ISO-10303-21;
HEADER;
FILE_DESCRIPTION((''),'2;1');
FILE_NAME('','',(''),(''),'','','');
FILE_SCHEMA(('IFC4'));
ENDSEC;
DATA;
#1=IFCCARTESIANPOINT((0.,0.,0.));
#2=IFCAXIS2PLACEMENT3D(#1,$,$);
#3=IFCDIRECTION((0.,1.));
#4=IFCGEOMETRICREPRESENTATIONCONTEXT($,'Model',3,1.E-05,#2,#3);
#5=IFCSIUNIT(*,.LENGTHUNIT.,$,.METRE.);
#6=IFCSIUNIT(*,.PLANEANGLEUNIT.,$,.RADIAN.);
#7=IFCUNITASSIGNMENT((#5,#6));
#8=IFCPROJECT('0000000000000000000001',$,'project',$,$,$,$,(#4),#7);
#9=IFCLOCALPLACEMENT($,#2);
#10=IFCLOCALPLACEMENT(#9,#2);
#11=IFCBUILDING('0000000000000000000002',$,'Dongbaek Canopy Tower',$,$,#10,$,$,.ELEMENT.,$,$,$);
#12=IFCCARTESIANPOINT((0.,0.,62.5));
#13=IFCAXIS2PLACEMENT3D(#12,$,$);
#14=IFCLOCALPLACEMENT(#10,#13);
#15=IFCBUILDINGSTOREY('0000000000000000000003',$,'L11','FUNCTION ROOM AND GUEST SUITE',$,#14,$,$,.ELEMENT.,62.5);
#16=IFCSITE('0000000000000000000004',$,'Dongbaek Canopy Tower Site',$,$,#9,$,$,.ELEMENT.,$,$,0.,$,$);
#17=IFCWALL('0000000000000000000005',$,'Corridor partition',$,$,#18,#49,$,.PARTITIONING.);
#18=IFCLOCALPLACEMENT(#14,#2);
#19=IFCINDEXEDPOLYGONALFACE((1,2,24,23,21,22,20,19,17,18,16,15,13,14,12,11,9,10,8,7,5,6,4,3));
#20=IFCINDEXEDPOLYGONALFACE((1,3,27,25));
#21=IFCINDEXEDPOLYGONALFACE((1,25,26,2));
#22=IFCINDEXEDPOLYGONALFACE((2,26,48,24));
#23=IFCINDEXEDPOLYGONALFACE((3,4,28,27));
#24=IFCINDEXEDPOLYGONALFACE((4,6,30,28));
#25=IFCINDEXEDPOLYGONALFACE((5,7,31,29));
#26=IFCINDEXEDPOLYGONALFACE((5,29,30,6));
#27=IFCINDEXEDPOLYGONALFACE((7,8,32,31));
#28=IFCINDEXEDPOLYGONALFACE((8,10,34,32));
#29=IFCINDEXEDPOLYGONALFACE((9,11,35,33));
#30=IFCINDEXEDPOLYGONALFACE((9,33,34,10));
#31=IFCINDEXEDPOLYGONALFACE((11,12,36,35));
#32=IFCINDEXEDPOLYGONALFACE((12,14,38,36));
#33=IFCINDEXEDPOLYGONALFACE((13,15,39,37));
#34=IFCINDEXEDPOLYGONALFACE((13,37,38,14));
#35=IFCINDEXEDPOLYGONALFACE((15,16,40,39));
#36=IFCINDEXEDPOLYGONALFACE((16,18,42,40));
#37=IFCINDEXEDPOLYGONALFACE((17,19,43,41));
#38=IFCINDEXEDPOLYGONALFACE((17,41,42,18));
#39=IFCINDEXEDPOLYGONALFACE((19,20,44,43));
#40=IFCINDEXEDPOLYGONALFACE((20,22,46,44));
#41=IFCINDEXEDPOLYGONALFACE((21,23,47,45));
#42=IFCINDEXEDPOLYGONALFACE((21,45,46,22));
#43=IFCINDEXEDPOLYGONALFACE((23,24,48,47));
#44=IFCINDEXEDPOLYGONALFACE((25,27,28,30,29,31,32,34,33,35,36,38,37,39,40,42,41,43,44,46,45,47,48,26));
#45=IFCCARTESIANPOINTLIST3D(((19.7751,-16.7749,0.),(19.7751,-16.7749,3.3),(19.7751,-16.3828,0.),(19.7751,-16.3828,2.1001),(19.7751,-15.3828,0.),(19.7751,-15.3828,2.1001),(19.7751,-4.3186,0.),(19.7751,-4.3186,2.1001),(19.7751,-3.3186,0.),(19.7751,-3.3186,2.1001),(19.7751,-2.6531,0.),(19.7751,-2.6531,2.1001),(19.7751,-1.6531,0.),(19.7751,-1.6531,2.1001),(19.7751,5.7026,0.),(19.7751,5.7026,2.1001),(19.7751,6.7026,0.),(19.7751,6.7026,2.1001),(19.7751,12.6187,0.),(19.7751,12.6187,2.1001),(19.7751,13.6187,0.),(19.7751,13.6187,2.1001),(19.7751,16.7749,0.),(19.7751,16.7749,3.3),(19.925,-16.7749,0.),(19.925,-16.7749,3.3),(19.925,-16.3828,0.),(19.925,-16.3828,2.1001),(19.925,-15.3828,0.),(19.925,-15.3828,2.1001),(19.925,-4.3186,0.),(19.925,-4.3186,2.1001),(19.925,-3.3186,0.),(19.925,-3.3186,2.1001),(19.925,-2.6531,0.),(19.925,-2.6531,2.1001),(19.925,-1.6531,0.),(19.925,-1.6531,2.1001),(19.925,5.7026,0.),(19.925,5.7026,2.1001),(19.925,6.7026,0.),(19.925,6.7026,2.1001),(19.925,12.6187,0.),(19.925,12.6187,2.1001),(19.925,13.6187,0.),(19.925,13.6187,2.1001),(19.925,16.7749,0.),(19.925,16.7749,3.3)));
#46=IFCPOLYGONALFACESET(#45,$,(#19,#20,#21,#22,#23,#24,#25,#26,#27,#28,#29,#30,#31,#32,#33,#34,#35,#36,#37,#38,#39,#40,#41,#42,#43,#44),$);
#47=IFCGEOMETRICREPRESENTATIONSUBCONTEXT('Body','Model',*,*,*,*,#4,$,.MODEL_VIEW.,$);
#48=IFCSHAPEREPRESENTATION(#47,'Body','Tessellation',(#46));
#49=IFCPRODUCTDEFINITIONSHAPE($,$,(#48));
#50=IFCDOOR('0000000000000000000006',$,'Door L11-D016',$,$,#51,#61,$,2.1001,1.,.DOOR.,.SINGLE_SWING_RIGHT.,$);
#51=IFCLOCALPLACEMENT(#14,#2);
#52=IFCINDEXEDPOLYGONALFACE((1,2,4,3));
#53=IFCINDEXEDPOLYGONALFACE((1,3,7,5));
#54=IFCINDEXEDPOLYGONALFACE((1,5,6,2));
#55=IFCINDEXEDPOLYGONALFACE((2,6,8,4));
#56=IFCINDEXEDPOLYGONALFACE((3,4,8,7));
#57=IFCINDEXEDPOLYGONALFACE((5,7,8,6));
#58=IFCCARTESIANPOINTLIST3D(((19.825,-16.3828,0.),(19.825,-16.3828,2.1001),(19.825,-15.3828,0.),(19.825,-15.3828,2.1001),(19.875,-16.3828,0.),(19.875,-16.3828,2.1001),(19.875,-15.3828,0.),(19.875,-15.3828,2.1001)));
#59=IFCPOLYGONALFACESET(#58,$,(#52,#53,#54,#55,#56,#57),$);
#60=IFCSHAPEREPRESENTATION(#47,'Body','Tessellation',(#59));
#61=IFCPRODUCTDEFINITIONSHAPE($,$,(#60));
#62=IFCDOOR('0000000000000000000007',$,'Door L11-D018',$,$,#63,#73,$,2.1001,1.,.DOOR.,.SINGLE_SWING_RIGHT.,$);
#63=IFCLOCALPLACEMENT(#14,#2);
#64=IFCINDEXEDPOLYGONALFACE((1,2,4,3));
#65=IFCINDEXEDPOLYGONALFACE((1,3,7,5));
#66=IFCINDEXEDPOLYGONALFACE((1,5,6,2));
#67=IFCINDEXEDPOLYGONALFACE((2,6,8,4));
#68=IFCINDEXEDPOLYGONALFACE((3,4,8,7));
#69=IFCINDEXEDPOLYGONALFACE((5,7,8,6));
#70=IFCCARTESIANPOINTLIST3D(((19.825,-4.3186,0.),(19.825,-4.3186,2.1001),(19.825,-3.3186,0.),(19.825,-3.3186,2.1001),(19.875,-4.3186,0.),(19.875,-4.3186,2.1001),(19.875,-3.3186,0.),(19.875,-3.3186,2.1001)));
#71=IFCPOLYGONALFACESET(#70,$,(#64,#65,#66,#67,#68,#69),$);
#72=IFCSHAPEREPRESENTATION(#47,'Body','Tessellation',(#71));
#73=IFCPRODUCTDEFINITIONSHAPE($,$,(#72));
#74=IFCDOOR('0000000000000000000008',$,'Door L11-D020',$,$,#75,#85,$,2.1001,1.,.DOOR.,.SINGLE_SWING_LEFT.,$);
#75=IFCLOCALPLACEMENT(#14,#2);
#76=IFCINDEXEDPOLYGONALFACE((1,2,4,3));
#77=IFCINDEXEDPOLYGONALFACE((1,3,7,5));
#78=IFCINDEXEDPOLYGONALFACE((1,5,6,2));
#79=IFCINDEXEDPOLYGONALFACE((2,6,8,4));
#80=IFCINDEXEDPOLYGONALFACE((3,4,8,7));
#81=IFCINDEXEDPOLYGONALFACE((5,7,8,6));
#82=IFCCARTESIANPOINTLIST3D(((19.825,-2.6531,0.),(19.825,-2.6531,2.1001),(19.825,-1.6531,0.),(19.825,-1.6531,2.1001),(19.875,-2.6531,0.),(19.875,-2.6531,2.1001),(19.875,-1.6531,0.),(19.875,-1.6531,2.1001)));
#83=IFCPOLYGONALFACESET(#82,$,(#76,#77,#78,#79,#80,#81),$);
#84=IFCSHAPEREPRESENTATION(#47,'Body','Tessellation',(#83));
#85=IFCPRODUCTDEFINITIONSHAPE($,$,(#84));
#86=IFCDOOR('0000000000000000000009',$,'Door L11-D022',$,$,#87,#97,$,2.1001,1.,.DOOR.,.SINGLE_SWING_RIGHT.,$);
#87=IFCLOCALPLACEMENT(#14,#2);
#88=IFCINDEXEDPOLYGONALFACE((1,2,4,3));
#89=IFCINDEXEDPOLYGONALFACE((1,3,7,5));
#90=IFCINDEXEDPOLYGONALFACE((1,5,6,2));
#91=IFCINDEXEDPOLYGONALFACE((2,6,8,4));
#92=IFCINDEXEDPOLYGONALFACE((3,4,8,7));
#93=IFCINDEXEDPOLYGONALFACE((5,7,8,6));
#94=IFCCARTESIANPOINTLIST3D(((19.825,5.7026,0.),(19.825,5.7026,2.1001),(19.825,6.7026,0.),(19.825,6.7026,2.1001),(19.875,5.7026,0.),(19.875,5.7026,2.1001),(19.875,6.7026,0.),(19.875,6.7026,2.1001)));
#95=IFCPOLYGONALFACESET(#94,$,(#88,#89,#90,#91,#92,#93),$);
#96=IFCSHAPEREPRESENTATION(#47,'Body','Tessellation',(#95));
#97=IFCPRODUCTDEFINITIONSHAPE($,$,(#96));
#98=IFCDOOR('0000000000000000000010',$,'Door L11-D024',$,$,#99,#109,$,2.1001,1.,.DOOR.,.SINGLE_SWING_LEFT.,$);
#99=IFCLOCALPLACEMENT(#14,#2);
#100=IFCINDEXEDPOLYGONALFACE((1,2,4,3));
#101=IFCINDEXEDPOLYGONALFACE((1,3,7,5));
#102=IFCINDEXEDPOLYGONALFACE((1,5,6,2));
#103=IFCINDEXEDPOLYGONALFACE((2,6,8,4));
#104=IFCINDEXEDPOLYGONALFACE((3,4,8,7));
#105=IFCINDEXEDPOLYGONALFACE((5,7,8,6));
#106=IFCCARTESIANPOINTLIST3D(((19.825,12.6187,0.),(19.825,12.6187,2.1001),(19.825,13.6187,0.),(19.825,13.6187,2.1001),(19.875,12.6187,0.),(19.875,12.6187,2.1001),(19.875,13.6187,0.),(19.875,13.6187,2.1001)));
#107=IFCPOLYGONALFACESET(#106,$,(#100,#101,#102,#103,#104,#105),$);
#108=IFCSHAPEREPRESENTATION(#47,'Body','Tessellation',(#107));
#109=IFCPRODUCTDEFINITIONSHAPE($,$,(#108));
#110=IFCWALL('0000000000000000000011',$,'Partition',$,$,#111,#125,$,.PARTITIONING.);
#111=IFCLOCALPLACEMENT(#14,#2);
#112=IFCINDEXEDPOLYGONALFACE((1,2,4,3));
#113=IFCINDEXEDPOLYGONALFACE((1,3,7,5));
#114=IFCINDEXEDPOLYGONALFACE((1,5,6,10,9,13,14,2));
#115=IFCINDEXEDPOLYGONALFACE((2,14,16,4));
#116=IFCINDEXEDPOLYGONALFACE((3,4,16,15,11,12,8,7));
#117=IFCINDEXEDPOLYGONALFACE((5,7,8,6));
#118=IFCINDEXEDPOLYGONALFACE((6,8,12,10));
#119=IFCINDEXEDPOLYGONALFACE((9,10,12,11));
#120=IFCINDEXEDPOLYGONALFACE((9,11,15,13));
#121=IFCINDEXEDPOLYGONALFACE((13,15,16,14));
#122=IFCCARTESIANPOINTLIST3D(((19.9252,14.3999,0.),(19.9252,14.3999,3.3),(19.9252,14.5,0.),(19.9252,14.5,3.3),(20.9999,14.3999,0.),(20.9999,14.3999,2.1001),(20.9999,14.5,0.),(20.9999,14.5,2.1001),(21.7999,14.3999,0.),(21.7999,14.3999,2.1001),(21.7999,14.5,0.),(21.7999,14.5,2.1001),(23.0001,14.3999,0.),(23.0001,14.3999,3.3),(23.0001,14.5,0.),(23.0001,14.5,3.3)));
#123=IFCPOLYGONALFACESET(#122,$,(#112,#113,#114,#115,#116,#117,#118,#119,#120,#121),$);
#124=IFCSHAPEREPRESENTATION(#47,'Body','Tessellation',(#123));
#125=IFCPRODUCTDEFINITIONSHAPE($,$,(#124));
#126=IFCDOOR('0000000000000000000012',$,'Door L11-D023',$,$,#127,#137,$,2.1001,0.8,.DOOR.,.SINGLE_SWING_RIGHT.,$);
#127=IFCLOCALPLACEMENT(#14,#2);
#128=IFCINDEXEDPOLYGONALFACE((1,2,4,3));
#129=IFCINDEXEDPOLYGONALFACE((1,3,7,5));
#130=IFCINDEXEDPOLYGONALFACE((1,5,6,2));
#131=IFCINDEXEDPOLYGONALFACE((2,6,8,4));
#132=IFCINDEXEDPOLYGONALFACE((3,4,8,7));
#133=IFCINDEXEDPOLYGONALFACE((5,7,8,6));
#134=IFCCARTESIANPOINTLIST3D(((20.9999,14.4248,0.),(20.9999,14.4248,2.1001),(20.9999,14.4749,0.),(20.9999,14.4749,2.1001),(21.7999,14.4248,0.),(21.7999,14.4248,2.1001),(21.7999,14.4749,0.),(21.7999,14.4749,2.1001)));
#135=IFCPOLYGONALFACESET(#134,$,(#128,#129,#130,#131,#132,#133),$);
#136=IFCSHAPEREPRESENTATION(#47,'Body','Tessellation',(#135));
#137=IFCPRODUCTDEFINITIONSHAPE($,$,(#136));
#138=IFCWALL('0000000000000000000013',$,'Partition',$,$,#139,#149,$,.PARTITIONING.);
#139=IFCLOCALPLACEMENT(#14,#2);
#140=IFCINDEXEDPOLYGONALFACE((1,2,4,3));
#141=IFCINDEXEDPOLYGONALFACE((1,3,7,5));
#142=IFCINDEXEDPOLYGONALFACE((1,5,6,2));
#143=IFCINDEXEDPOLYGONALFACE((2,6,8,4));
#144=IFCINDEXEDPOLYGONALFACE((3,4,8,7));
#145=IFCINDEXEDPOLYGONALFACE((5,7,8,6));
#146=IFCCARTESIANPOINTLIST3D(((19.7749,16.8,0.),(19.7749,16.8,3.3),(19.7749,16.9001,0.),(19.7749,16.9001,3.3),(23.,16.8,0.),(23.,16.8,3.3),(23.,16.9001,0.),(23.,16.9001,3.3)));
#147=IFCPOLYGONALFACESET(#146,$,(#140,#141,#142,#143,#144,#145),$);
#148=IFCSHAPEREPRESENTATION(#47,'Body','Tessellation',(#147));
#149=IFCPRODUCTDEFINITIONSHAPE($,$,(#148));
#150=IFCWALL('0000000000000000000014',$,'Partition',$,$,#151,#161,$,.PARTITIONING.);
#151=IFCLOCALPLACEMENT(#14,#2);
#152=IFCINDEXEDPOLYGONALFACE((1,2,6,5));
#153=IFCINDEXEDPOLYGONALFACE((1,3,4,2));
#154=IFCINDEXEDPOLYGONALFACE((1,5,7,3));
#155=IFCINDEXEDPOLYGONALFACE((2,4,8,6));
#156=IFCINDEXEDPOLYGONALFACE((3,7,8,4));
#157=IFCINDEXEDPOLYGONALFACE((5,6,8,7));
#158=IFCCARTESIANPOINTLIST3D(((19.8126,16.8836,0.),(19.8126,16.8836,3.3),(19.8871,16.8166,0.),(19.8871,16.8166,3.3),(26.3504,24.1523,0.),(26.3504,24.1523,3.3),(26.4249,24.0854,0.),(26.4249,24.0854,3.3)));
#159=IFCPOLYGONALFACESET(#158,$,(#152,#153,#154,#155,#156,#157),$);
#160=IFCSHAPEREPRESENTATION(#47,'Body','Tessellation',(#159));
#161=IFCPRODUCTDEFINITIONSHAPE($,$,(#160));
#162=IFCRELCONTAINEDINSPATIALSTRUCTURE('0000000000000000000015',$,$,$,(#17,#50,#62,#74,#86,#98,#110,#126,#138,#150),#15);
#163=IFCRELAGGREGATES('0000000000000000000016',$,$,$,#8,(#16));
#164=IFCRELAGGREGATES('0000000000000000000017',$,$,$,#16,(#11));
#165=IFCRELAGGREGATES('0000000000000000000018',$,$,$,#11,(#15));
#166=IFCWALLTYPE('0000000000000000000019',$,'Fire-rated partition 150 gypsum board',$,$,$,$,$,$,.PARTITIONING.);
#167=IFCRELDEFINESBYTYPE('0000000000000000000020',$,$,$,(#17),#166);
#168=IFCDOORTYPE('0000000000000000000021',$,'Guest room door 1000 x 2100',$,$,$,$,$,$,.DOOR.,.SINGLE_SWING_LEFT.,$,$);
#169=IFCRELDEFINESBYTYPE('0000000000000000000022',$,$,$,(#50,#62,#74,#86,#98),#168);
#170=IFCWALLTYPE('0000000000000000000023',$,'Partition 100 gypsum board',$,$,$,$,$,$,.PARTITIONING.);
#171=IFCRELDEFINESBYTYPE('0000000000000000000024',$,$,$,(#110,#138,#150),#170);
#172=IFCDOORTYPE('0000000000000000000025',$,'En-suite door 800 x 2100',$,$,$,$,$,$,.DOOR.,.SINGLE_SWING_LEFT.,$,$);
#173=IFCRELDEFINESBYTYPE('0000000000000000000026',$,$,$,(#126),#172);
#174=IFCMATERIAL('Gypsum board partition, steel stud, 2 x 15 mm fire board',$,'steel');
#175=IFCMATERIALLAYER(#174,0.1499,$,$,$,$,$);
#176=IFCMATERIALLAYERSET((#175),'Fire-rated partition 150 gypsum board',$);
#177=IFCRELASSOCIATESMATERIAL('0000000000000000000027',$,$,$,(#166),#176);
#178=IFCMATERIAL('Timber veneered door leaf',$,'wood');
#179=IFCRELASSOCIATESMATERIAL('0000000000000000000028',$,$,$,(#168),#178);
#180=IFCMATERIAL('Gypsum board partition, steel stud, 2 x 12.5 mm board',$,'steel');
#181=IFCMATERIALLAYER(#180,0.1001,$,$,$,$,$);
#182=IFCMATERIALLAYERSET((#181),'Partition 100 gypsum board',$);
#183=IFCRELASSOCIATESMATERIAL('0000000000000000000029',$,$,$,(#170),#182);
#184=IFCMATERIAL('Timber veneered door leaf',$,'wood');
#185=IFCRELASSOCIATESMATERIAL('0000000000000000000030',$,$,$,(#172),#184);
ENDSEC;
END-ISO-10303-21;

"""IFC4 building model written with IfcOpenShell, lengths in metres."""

from ifc_helpers import new_model, si_unit, direction, frame, frame_2d, origin, place, context, subcontext, project, spatial, rectangle, extrude, material, layer, layer_set, type_object, element, fill, save


model = new_model("IFC4")

# Units and contexts
model_context = context("Model", 3, precision=1e-05, world=origin(), true_north=direction((0.0, 1.0)))
body_context = subcontext(model_context, "Body", "Model", "MODEL_VIEW")
ifc_project = project(units=[si_unit("LENGTHUNIT", "METRE"), si_unit("PLANEANGLEUNIT", "RADIAN")], contexts=[model_context])

# Site, building, storey
site_placement = place(None, origin())
site = spatial("IfcSite", under=ifc_project, at=site_placement, Name="Dongbaek Canopy Tower Site", CompositionType="ELEMENT", RefElevation=0.0)
building_placement = place(site_placement, origin())
building = spatial("IfcBuilding", under=site, at=building_placement, Name="Dongbaek Canopy Tower", CompositionType="ELEMENT")
storey_placement = place(building_placement, frame((0.0, 0.0, 62.5)))
storey = spatial("IfcBuildingStorey", under=building, at=storey_placement, Name="L11", Description="FUNCTION ROOM AND GUEST SUITE", CompositionType="ELEMENT", Elevation=62.5)

# Wall, openings, doors
ifc_material_1 = material(Name="Gypsum board partition, steel stud, 2 x 15 mm fire board", Category="steel")
ifc_layer_1 = layer(ifc_material_1, 0.1499)
ifc_layer_set_1 = layer_set([ifc_layer_1], Name="Fire-rated partition 150 gypsum board")
wall_type_1 = type_object("IfcWallType", Name="Fire-rated partition 150 gypsum board", PredefinedType="PARTITIONING", material=ifc_layer_set_1)
wall_1_placement = place(storey_placement, frame((19.8501, 16.7749, 0.0), z_axis=(0.0, 0.0, 1.0), x_axis=(0.0, -1.0, 0.0)))
wall_1 = element("IfcWall", 1, at=wall_1_placement, inside=storey, type_object=wall_type_1, Name="Corridor partition", PredefinedType="PARTITIONING", context=body_context, shape_type="SweptSolid", body=[
    extrude(rectangle(XDim=33.5498, YDim=0.1499, at=frame_2d((16.7749, 0.0))), origin(), (0.0, 0.0, 1.0), 3.3),
])
opening_1_placement = place(wall_1_placement, frame((32.1577, 0.0, 0.0)))
opening_1 = element("IfcOpeningElement", 2, at=opening_1_placement, cuts=wall_1, PredefinedType="OPENING", context=body_context, shape_type="SweptSolid", body=[
    extrude(rectangle(XDim=1.0, YDim=2.1001, at=frame_2d((0.5, 1.05))), frame((0.0, 0.085, 0.0), z_axis=(0.0, -1.0, 0.0), x_axis=(1.0, 0.0, 0.0)), (0.0, 0.0, 1.0), 0.1699),
])
opening_2_placement = place(wall_1_placement, frame((20.0935, 0.0, 0.0)))
opening_2 = element("IfcOpeningElement", 3, at=opening_2_placement, cuts=wall_1, PredefinedType="OPENING", context=body_context, shape_type="SweptSolid", body=[
    extrude(rectangle(XDim=1.0, YDim=2.1001, at=frame_2d((0.5, 1.05))), frame((0.0, 0.085, 0.0), z_axis=(0.0, -1.0, 0.0), x_axis=(1.0, 0.0, 0.0)), (0.0, 0.0, 1.0), 0.1699),
])
opening_3_placement = place(wall_1_placement, frame((18.428, 0.0, 0.0)))
opening_3 = element("IfcOpeningElement", 4, at=opening_3_placement, cuts=wall_1, PredefinedType="OPENING", context=body_context, shape_type="SweptSolid", body=[
    extrude(rectangle(XDim=1.0, YDim=2.1001, at=frame_2d((0.5, 1.05))), frame((0.0, 0.085, 0.0), z_axis=(0.0, -1.0, 0.0), x_axis=(1.0, 0.0, 0.0)), (0.0, 0.0, 1.0), 0.1699),
])
opening_4_placement = place(wall_1_placement, frame((10.0723, 0.0, 0.0)))
opening_4 = element("IfcOpeningElement", 5, at=opening_4_placement, cuts=wall_1, PredefinedType="OPENING", context=body_context, shape_type="SweptSolid", body=[
    extrude(rectangle(XDim=1.0, YDim=2.1001, at=frame_2d((0.5, 1.05))), frame((0.0, 0.085, 0.0), z_axis=(0.0, -1.0, 0.0), x_axis=(1.0, 0.0, 0.0)), (0.0, 0.0, 1.0), 0.1699),
])
opening_5_placement = place(wall_1_placement, frame((3.1562, 0.0, 0.0)))
opening_5 = element("IfcOpeningElement", 6, at=opening_5_placement, cuts=wall_1, PredefinedType="OPENING", context=body_context, shape_type="SweptSolid", body=[
    extrude(rectangle(XDim=1.0, YDim=2.1001, at=frame_2d((0.5, 1.05))), frame((0.0, 0.085, 0.0), z_axis=(0.0, -1.0, 0.0), x_axis=(1.0, 0.0, 0.0)), (0.0, 0.0, 1.0), 0.1699),
])
ifc_material_2 = material(Name="Timber veneered door leaf", Category="wood")
door_type_1 = type_object("IfcDoorType", Name="Guest room door 1000 x 2100", OperationType="SINGLE_SWING_LEFT", PredefinedType="DOOR", material=ifc_material_2)
door_1_placement = place(opening_1_placement, origin())
door_1 = element("IfcDoor", 7, at=door_1_placement, inside=storey, type_object=door_type_1, Name="Door L11-D016", OperationType="SINGLE_SWING_RIGHT", OverallHeight=2.1001, OverallWidth=1.0, PredefinedType="DOOR", context=body_context, shape_type="SweptSolid", body=[
    extrude(rectangle(XDim=1.0, YDim=2.1001, at=frame_2d((0.5, 1.05))), frame((0.0, 0.0249, 0.0), z_axis=(0.0, -1.0, 0.0), x_axis=(1.0, 0.0, 0.0)), (0.0, 0.0, 1.0), 0.05),
])
fill(opening_1, door_1)
door_2_placement = place(opening_2_placement, origin())
door_2 = element("IfcDoor", 8, at=door_2_placement, inside=storey, type_object=door_type_1, Name="Door L11-D018", OperationType="SINGLE_SWING_RIGHT", OverallHeight=2.1001, OverallWidth=1.0, PredefinedType="DOOR", context=body_context, shape_type="SweptSolid", body=[
    extrude(rectangle(XDim=1.0, YDim=2.1001, at=frame_2d((0.5, 1.05))), frame((0.0, 0.0249, 0.0), z_axis=(0.0, -1.0, 0.0), x_axis=(1.0, 0.0, 0.0)), (0.0, 0.0, 1.0), 0.05),
])
fill(opening_2, door_2)
door_3_placement = place(opening_3_placement, origin())
door_3 = element("IfcDoor", 9, at=door_3_placement, inside=storey, type_object=door_type_1, Name="Door L11-D020", OperationType="SINGLE_SWING_LEFT", OverallHeight=2.1001, OverallWidth=1.0, PredefinedType="DOOR", context=body_context, shape_type="SweptSolid", body=[
    extrude(rectangle(XDim=1.0, YDim=2.1001, at=frame_2d((0.5, 1.05))), frame((0.0, 0.0249, 0.0), z_axis=(0.0, -1.0, 0.0), x_axis=(1.0, 0.0, 0.0)), (0.0, 0.0, 1.0), 0.05),
])
fill(opening_3, door_3)
door_4_placement = place(opening_4_placement, origin())
door_4 = element("IfcDoor", 10, at=door_4_placement, inside=storey, type_object=door_type_1, Name="Door L11-D022", OperationType="SINGLE_SWING_RIGHT", OverallHeight=2.1001, OverallWidth=1.0, PredefinedType="DOOR", context=body_context, shape_type="SweptSolid", body=[
    extrude(rectangle(XDim=1.0, YDim=2.1001, at=frame_2d((0.5, 1.05))), frame((0.0, 0.0249, 0.0), z_axis=(0.0, -1.0, 0.0), x_axis=(1.0, 0.0, 0.0)), (0.0, 0.0, 1.0), 0.05),
])
fill(opening_4, door_4)
door_5_placement = place(opening_5_placement, origin())
door_5 = element("IfcDoor", 11, at=door_5_placement, inside=storey, type_object=door_type_1, Name="Door L11-D024", OperationType="SINGLE_SWING_LEFT", OverallHeight=2.1001, OverallWidth=1.0, PredefinedType="DOOR", context=body_context, shape_type="SweptSolid", body=[
    extrude(rectangle(XDim=1.0, YDim=2.1001, at=frame_2d((0.5, 1.05))), frame((0.0, 0.0249, 0.0), z_axis=(0.0, -1.0, 0.0), x_axis=(1.0, 0.0, 0.0)), (0.0, 0.0, 1.0), 0.05),
])
fill(opening_5, door_5)

# Wall, opening, door
ifc_material_3 = material(Name="Gypsum board partition, steel stud, 2 x 12.5 mm board", Category="steel")
ifc_layer_2 = layer(ifc_material_3, 0.1001)
ifc_layer_set_2 = layer_set([ifc_layer_2], Name="Partition 100 gypsum board")
wall_type_2 = type_object("IfcWallType", Name="Partition 100 gypsum board", PredefinedType="PARTITIONING", material=ifc_layer_set_2)
wall_2_placement = place(storey_placement, frame((19.925, 14.45, 0.0), z_axis=(0.0, 0.0, 1.0), x_axis=(1.0, 0.0, 0.0)))
wall_2 = element("IfcWall", 12, at=wall_2_placement, inside=storey, type_object=wall_type_2, Name="Partition", PredefinedType="PARTITIONING", context=body_context, shape_type="SweptSolid", body=[
    extrude(rectangle(XDim=3.075, YDim=0.1001, at=frame_2d((1.5376, 0.0))), origin(), (0.0, 0.0, 1.0), 3.3),
])
opening_6_placement = place(wall_2_placement, frame((1.075, 0.0, 0.0)))
opening_6 = element("IfcOpeningElement", 13, at=opening_6_placement, cuts=wall_2, PredefinedType="OPENING", context=body_context, shape_type="SweptSolid", body=[
    extrude(rectangle(XDim=0.8, YDim=2.1001, at=frame_2d((0.3999, 1.05))), frame((0.0, 0.0601, 0.0), z_axis=(0.0, -1.0, 0.0), x_axis=(1.0, 0.0, 0.0)), (0.0, 0.0, 1.0), 0.1201),
])
ifc_material_4 = material(Name="Timber veneered door leaf", Category="wood")
door_type_2 = type_object("IfcDoorType", Name="En-suite door 800 x 2100", OperationType="SINGLE_SWING_LEFT", PredefinedType="DOOR", material=ifc_material_4)
door_6_placement = place(opening_6_placement, origin())
door_6 = element("IfcDoor", 14, at=door_6_placement, inside=storey, type_object=door_type_2, Name="Door L11-D023", OperationType="SINGLE_SWING_RIGHT", OverallHeight=2.1001, OverallWidth=0.8, PredefinedType="DOOR", context=body_context, shape_type="SweptSolid", body=[
    extrude(rectangle(XDim=0.8, YDim=2.1001, at=frame_2d((0.3999, 1.05))), frame((0.0, 0.0249, 0.0), z_axis=(0.0, -1.0, 0.0), x_axis=(1.0, 0.0, 0.0)), (0.0, 0.0, 1.0), 0.05),
])
fill(opening_6, door_6)

# Walls
wall_3_placement = place(storey_placement, frame((19.7749, 16.8501, 0.0), z_axis=(0.0, 0.0, 1.0), x_axis=(1.0, 0.0, 0.0)))
element("IfcWall", 15, at=wall_3_placement, inside=storey, type_object=wall_type_2, Name="Partition", PredefinedType="PARTITIONING", context=body_context, shape_type="SweptSolid", body=[
    extrude(rectangle(XDim=3.2251, YDim=0.1001, at=frame_2d((1.6125, 0.0))), origin(), (0.0, 0.0, 1.0), 3.3),
])
wall_4_placement = place(storey_placement, frame((19.8499, 16.8501, 0.0), z_axis=(0.0, 0.0, 1.0), x_axis=(0.668734, 0.743501, 0.0)))
element("IfcWall", 16, at=wall_4_placement, inside=storey, type_object=wall_type_2, Name="Partition", PredefinedType="PARTITIONING", context=body_context, shape_type="SweptSolid", body=[
    extrude(rectangle(XDim=9.7764, YDim=0.1001, at=frame_2d((4.8882, 0.0))), origin(), (0.0, 0.0, 1.0), 3.3),
])

save(model, "model.ifc")
